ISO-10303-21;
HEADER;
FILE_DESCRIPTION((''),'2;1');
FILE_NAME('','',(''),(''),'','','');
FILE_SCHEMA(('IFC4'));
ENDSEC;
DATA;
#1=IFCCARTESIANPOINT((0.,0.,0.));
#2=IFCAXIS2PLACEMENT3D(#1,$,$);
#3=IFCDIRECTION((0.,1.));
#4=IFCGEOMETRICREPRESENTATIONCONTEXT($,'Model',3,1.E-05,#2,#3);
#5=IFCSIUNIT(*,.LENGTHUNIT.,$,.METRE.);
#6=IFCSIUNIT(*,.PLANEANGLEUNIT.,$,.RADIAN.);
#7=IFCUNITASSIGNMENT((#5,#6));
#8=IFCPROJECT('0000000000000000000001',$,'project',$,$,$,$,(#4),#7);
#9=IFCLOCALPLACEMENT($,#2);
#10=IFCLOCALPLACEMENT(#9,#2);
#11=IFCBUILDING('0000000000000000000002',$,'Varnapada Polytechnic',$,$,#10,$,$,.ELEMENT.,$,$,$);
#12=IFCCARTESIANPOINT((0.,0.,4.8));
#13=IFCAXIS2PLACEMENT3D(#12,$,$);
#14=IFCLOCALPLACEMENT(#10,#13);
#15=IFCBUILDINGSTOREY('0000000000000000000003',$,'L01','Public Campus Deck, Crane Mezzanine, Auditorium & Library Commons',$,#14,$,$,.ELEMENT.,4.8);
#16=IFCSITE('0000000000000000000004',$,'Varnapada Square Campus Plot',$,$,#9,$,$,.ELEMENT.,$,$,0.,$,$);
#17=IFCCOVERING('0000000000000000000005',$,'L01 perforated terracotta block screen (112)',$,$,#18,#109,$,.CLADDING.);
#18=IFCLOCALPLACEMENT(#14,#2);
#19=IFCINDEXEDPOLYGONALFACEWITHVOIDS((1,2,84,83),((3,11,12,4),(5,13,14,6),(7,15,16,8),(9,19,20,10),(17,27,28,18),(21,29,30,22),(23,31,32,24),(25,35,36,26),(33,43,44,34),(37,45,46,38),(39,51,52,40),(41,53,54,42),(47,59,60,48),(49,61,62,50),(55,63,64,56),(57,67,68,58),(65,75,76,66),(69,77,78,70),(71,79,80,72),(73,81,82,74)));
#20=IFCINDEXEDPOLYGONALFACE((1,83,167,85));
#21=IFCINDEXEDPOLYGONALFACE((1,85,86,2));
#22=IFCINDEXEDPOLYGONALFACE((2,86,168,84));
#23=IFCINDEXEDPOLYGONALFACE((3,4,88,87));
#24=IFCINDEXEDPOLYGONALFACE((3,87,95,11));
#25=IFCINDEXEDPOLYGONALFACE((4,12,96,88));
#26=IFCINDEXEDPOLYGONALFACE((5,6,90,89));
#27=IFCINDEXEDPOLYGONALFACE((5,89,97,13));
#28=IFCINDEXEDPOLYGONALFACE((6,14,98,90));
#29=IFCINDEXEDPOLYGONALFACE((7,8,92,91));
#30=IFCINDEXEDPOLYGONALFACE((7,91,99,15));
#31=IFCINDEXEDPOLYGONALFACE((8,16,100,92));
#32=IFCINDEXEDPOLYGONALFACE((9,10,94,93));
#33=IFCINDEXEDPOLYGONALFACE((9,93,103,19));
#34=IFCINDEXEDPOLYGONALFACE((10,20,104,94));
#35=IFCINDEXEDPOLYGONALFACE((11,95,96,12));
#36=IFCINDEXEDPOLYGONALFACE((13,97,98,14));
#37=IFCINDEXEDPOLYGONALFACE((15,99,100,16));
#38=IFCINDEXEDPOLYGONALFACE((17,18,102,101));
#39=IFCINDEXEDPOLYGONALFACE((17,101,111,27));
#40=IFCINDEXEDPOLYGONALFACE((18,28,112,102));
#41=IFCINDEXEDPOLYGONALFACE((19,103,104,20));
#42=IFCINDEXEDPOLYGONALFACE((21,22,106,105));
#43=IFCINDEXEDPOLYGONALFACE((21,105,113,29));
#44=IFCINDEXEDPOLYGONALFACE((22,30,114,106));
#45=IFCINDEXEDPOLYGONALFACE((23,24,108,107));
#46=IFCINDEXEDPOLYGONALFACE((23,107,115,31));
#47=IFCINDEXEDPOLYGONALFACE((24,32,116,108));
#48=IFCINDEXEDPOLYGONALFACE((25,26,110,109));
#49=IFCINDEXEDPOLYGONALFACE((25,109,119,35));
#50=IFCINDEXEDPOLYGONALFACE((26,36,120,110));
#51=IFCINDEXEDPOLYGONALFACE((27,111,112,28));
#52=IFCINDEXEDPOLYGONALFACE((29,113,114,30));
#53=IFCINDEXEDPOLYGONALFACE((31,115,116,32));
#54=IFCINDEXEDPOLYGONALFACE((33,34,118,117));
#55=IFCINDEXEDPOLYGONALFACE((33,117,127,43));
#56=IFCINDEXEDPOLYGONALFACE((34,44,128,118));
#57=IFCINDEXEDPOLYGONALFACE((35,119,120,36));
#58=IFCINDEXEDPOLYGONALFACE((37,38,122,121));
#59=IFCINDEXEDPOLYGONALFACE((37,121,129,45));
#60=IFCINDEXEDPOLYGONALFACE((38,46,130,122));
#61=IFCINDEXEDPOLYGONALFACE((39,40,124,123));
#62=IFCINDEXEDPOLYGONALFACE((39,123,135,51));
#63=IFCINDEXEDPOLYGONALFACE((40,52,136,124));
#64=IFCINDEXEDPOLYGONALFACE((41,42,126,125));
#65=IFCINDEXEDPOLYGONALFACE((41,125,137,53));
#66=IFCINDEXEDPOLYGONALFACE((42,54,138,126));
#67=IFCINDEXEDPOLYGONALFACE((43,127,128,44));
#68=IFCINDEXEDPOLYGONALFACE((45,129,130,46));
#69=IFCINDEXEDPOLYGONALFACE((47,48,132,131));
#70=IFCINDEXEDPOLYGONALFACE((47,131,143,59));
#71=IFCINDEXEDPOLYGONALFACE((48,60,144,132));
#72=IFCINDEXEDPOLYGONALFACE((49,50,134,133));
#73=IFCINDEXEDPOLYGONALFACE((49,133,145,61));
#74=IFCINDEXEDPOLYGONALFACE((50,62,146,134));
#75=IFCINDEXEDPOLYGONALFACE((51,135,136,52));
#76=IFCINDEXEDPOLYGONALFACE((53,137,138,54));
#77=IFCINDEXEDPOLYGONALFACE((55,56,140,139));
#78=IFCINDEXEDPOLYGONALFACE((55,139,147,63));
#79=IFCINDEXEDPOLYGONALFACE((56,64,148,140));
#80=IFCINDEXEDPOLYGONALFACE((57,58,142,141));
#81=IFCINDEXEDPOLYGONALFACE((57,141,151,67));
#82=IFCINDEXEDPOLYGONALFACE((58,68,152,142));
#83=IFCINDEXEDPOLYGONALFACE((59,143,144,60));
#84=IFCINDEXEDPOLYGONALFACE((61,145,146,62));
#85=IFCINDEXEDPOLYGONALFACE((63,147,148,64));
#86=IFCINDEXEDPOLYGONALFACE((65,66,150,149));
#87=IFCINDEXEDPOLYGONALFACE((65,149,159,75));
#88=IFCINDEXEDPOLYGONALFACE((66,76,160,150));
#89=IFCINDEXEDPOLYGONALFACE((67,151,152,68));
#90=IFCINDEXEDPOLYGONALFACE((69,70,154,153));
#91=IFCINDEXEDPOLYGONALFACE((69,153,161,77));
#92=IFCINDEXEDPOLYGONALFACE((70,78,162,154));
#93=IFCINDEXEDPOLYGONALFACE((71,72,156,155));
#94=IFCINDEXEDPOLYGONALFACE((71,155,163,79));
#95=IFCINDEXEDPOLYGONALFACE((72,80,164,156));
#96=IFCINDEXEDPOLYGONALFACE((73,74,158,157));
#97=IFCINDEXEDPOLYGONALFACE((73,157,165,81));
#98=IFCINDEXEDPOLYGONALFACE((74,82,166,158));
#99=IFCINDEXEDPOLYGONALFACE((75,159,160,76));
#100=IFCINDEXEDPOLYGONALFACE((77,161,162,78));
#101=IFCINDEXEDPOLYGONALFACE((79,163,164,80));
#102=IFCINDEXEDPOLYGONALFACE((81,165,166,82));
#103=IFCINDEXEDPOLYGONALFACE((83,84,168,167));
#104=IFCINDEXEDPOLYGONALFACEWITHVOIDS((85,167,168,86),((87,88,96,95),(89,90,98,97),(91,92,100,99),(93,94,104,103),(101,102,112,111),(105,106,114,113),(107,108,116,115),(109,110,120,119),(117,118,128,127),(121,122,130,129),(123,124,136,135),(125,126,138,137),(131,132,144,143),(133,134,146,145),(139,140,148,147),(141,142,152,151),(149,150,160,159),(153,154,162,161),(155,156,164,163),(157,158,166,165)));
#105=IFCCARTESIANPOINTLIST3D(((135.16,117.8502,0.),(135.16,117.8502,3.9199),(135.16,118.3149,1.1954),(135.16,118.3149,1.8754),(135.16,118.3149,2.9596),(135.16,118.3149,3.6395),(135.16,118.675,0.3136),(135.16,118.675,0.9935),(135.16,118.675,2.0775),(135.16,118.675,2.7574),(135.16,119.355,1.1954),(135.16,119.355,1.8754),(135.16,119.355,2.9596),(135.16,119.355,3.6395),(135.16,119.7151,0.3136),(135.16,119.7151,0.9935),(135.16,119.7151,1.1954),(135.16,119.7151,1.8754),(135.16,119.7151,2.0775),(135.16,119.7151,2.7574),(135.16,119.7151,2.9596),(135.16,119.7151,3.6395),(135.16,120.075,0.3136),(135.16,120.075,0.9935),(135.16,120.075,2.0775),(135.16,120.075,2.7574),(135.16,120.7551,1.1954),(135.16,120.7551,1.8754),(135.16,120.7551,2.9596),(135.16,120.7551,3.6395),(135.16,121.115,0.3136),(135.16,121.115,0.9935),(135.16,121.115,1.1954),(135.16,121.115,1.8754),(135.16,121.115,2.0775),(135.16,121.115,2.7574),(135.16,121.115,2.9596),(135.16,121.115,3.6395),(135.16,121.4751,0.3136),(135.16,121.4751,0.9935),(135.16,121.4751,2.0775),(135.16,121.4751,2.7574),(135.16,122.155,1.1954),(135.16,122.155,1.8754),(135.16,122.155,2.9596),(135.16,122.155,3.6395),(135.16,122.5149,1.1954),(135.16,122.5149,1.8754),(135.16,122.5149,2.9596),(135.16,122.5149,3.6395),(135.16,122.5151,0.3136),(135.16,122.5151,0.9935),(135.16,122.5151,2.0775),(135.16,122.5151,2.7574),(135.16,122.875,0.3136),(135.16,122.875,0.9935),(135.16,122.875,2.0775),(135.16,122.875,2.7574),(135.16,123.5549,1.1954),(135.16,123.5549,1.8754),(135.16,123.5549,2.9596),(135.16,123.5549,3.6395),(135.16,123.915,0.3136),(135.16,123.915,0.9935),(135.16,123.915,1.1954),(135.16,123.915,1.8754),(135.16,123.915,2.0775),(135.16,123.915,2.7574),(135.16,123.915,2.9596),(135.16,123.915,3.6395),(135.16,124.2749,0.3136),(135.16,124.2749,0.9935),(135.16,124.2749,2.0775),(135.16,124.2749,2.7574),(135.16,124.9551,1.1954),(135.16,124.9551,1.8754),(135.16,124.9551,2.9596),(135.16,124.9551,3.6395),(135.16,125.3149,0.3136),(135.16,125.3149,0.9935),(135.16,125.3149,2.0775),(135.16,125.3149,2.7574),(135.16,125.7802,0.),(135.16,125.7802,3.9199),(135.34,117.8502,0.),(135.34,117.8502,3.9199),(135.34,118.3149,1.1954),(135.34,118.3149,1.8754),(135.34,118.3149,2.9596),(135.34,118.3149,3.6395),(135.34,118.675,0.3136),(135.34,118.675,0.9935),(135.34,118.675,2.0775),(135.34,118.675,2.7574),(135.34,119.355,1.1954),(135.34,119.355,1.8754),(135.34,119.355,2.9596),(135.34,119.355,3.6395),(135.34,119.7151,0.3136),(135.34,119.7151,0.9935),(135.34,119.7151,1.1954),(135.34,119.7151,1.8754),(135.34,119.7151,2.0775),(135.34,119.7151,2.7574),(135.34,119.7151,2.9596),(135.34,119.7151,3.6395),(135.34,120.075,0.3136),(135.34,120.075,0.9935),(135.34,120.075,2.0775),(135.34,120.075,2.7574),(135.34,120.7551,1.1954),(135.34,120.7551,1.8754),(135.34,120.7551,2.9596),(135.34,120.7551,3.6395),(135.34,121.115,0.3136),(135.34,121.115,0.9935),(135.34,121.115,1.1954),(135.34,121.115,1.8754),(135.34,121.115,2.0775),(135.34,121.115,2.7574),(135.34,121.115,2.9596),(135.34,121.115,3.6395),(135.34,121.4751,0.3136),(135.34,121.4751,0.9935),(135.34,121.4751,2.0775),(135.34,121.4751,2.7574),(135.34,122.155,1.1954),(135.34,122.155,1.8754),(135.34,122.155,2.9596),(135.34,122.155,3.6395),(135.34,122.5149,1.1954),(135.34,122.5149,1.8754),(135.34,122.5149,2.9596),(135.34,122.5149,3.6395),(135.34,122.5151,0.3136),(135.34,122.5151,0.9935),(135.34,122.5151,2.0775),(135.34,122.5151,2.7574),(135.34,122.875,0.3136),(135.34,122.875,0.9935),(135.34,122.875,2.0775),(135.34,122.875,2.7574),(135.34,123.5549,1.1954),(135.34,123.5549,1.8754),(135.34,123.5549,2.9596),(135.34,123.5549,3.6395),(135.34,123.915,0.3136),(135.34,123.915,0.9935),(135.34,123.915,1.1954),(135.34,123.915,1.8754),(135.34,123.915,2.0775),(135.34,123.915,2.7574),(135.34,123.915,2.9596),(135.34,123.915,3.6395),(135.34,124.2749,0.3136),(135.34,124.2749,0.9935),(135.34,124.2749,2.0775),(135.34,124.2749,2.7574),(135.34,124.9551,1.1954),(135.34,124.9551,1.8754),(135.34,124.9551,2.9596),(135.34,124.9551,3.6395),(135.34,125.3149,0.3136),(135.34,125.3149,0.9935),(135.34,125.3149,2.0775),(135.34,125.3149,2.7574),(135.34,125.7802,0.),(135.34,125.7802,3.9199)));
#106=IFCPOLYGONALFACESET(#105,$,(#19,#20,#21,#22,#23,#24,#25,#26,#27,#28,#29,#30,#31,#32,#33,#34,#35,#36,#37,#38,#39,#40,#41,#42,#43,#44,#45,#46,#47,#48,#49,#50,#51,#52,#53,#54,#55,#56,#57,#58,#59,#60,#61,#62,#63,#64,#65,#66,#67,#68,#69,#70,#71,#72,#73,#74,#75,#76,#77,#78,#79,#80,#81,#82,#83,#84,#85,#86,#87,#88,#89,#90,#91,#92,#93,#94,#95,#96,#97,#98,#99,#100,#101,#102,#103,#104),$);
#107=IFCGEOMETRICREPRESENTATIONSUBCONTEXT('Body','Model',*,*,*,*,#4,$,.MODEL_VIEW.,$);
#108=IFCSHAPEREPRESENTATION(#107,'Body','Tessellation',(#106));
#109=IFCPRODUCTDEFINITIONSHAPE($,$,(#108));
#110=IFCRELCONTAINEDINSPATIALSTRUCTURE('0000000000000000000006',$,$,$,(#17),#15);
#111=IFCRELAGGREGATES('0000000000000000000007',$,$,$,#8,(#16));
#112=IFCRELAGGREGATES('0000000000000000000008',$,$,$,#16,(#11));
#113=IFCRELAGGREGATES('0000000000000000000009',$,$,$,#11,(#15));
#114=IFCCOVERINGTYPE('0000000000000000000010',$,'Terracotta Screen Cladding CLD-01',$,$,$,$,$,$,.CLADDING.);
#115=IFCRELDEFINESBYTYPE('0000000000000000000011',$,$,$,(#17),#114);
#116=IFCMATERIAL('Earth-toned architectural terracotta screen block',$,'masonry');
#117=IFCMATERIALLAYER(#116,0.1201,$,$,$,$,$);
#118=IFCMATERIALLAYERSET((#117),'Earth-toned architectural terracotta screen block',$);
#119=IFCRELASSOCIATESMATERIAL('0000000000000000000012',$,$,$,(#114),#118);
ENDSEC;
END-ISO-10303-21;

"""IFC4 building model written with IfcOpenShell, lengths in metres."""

from ifc_helpers import new_model, si_unit, direction, frame, frame_2d, origin, place, context, subcontext, project, spatial, rectangle, extrude, material, layer, layer_set, type_object, element, save


model = new_model("IFC4")

# Units and contexts
model_context = context("Model", 3, precision=1e-05, world=origin(), true_north=direction((0.0, 1.0)))
body_context = subcontext(model_context, "Body", "Model", "MODEL_VIEW")
ifc_project = project(units=[si_unit("LENGTHUNIT", "METRE"), si_unit("PLANEANGLEUNIT", "RADIAN")], contexts=[model_context])

# Site, building, storey
site_placement = place(None, origin())
site = spatial("IfcSite", under=ifc_project, at=site_placement, Name="Varnapada Square Campus Plot", CompositionType="ELEMENT", RefElevation=0.0)
building_placement = place(site_placement, origin())
building = spatial("IfcBuilding", under=site, at=building_placement, Name="Varnapada Polytechnic", CompositionType="ELEMENT")
storey_placement = place(building_placement, frame((0.0, 0.0, 4.8)))
storey = spatial("IfcBuildingStorey", under=building, at=storey_placement, Name="L01", Description="Public Campus Deck, Crane Mezzanine, Auditorium & Library Commons", CompositionType="ELEMENT", Elevation=4.8)

# Covering, openings
ifc_material_1 = material(Name="Earth-toned architectural terracotta screen block", Category="masonry")
ifc_layer_1 = layer(ifc_material_1, 0.1201)
ifc_layer_set_1 = layer_set([ifc_layer_1], Name="Earth-toned architectural terracotta screen block")
covering_type = type_object("IfcCoveringType", Name="Terracotta Screen Cladding CLD-01", PredefinedType="CLADDING", material=ifc_layer_set_1)
covering_placement = place(storey_placement, frame((135.25, 125.78, 0.0), z_axis=(0.0, 0.0, 1.0), x_axis=(0.0, -1.0, 0.0)))
covering = element("IfcCovering", 1, at=covering_placement, inside=storey, type_object=covering_type, Name="L01 perforated terracotta block screen (112)", PredefinedType="CLADDING", context=body_context, shape_type="SweptSolid", body=[
    extrude(rectangle(XDim=7.9299, YDim=0.1799, at=frame_2d((3.9648, 0.0))), origin(), (0.0, 0.0, 1.0), 3.9199),
])
opening_1_placement = place(covering_placement, frame((0.4651, 0.0, 0.3137)))
element("IfcOpeningElement", 2, at=opening_1_placement, cuts=covering, PredefinedType="OPENING", context=body_context, shape_type="SweptSolid", body=[
    extrude(rectangle(XDim=1.04, YDim=0.6799, at=frame_2d((0.52, 0.3398))), frame((0.0, 0.0999, 0.0), z_axis=(0.0, -1.0, 0.0), x_axis=(1.0, 0.0, 0.0)), (0.0, 0.0, 1.0), 0.2),
])
opening_2_placement = place(covering_placement, frame((1.865, 0.0, 0.3137)))
element("IfcOpeningElement", 3, at=opening_2_placement, cuts=covering, PredefinedType="OPENING", context=body_context, shape_type="SweptSolid", body=[
    extrude(rectangle(XDim=1.04, YDim=0.6799, at=frame_2d((0.52, 0.3398))), frame((0.0, 0.0999, 0.0), z_axis=(0.0, -1.0, 0.0), x_axis=(1.0, 0.0, 0.0)), (0.0, 0.0, 1.0), 0.2),
])
opening_3_placement = place(covering_placement, frame((3.2649, 0.0, 0.3137)))
element("IfcOpeningElement", 4, at=opening_3_placement, cuts=covering, PredefinedType="OPENING", context=body_context, shape_type="SweptSolid", body=[
    extrude(rectangle(XDim=1.04, YDim=0.6799, at=frame_2d((0.52, 0.3398))), frame((0.0, 0.0999, 0.0), z_axis=(0.0, -1.0, 0.0), x_axis=(1.0, 0.0, 0.0)), (0.0, 0.0, 1.0), 0.2),
])
opening_4_placement = place(covering_placement, frame((4.665, 0.0, 0.3137)))
element("IfcOpeningElement", 5, at=opening_4_placement, cuts=covering, PredefinedType="OPENING", context=body_context, shape_type="SweptSolid", body=[
    extrude(rectangle(XDim=1.04, YDim=0.6799, at=frame_2d((0.52, 0.3398))), frame((0.0, 0.0999, 0.0), z_axis=(0.0, -1.0, 0.0), x_axis=(1.0, 0.0, 0.0)), (0.0, 0.0, 1.0), 0.2),
])
opening_5_placement = place(covering_placement, frame((6.0649, 0.0, 0.3137)))
element("IfcOpeningElement", 6, at=opening_5_placement, cuts=covering, PredefinedType="OPENING", context=body_context, shape_type="SweptSolid", body=[
    extrude(rectangle(XDim=1.04, YDim=0.6799, at=frame_2d((0.52, 0.3398))), frame((0.0, 0.0999, 0.0), z_axis=(0.0, -1.0, 0.0), x_axis=(1.0, 0.0, 0.0)), (0.0, 0.0, 1.0), 0.2),
])
opening_6_placement = place(covering_placement, frame((0.825, 0.0, 1.1956)))
element("IfcOpeningElement", 7, at=opening_6_placement, cuts=covering, PredefinedType="OPENING", context=body_context, shape_type="SweptSolid", body=[
    extrude(rectangle(XDim=1.04, YDim=0.6799, at=frame_2d((0.52, 0.3398))), frame((0.0, 0.0999, 0.0), z_axis=(0.0, -1.0, 0.0), x_axis=(1.0, 0.0, 0.0)), (0.0, 0.0, 1.0), 0.2),
])
opening_7_placement = place(covering_placement, frame((2.2251, 0.0, 1.1956)))
element("IfcOpeningElement", 8, at=opening_7_placement, cuts=covering, PredefinedType="OPENING", context=body_context, shape_type="SweptSolid", body=[
    extrude(rectangle(XDim=1.04, YDim=0.6799, at=frame_2d((0.52, 0.3398))), frame((0.0, 0.0999, 0.0), z_axis=(0.0, -1.0, 0.0), x_axis=(1.0, 0.0, 0.0)), (0.0, 0.0, 1.0), 0.2),
])
opening_8_placement = place(covering_placement, frame((3.625, 0.0, 1.1956)))
element("IfcOpeningElement", 9, at=opening_8_placement, cuts=covering, PredefinedType="OPENING", context=body_context, shape_type="SweptSolid", body=[
    extrude(rectangle(XDim=1.04, YDim=0.6799, at=frame_2d((0.52, 0.3398))), frame((0.0, 0.0999, 0.0), z_axis=(0.0, -1.0, 0.0), x_axis=(1.0, 0.0, 0.0)), (0.0, 0.0, 1.0), 0.2),
])
opening_9_placement = place(covering_placement, frame((5.0249, 0.0, 1.1956)))
element("IfcOpeningElement", 10, at=opening_9_placement, cuts=covering, PredefinedType="OPENING", context=body_context, shape_type="SweptSolid", body=[
    extrude(rectangle(XDim=1.04, YDim=0.6799, at=frame_2d((0.52, 0.3398))), frame((0.0, 0.0999, 0.0), z_axis=(0.0, -1.0, 0.0), x_axis=(1.0, 0.0, 0.0)), (0.0, 0.0, 1.0), 0.2),
])
opening_10_placement = place(covering_placement, frame((6.425, 0.0, 1.1956)))
element("IfcOpeningElement", 11, at=opening_10_placement, cuts=covering, PredefinedType="OPENING", context=body_context, shape_type="SweptSolid", body=[
    extrude(rectangle(XDim=1.04, YDim=0.6799, at=frame_2d((0.52, 0.3398))), frame((0.0, 0.0999, 0.0), z_axis=(0.0, -1.0, 0.0), x_axis=(1.0, 0.0, 0.0)), (0.0, 0.0, 1.0), 0.2),
])
opening_11_placement = place(covering_placement, frame((0.4651, 0.0, 2.0776)))
element("IfcOpeningElement", 12, at=opening_11_placement, cuts=covering, PredefinedType="OPENING", context=body_context, shape_type="SweptSolid", body=[
    extrude(rectangle(XDim=1.04, YDim=0.6799, at=frame_2d((0.52, 0.3398))), frame((0.0, 0.0999, 0.0), z_axis=(0.0, -1.0, 0.0), x_axis=(1.0, 0.0, 0.0)), (0.0, 0.0, 1.0), 0.2),
])
opening_12_placement = place(covering_placement, frame((1.865, 0.0, 2.0776)))
element("IfcOpeningElement", 13, at=opening_12_placement, cuts=covering, PredefinedType="OPENING", context=body_context, shape_type="SweptSolid", body=[
    extrude(rectangle(XDim=1.04, YDim=0.6799, at=frame_2d((0.52, 0.3398))), frame((0.0, 0.0999, 0.0), z_axis=(0.0, -1.0, 0.0), x_axis=(1.0, 0.0, 0.0)), (0.0, 0.0, 1.0), 0.2),
])
opening_13_placement = place(covering_placement, frame((3.2649, 0.0, 2.0776)))
element("IfcOpeningElement", 14, at=opening_13_placement, cuts=covering, PredefinedType="OPENING", context=body_context, shape_type="SweptSolid", body=[
    extrude(rectangle(XDim=1.04, YDim=0.6799, at=frame_2d((0.52, 0.3398))), frame((0.0, 0.0999, 0.0), z_axis=(0.0, -1.0, 0.0), x_axis=(1.0, 0.0, 0.0)), (0.0, 0.0, 1.0), 0.2),
])
opening_14_placement = place(covering_placement, frame((4.665, 0.0, 2.0776)))
element("IfcOpeningElement", 15, at=opening_14_placement, cuts=covering, PredefinedType="OPENING", context=body_context, shape_type="SweptSolid", body=[
    extrude(rectangle(XDim=1.04, YDim=0.6799, at=frame_2d((0.52, 0.3398))), frame((0.0, 0.0999, 0.0), z_axis=(0.0, -1.0, 0.0), x_axis=(1.0, 0.0, 0.0)), (0.0, 0.0, 1.0), 0.2),
])
opening_15_placement = place(covering_placement, frame((6.0649, 0.0, 2.0776)))
element("IfcOpeningElement", 16, at=opening_15_placement, cuts=covering, PredefinedType="OPENING", context=body_context, shape_type="SweptSolid", body=[
    extrude(rectangle(XDim=1.04, YDim=0.6799, at=frame_2d((0.52, 0.3398))), frame((0.0, 0.0999, 0.0), z_axis=(0.0, -1.0, 0.0), x_axis=(1.0, 0.0, 0.0)), (0.0, 0.0, 1.0), 0.2),
])
opening_16_placement = place(covering_placement, frame((0.825, 0.0, 2.9597)))
element("IfcOpeningElement", 17, at=opening_16_placement, cuts=covering, PredefinedType="OPENING", context=body_context, shape_type="SweptSolid", body=[
    extrude(rectangle(XDim=1.04, YDim=0.6799, at=frame_2d((0.52, 0.3398))), frame((0.0, 0.0999, 0.0), z_axis=(0.0, -1.0, 0.0), x_axis=(1.0, 0.0, 0.0)), (0.0, 0.0, 1.0), 0.2),
])
opening_17_placement = place(covering_placement, frame((2.2251, 0.0, 2.9597)))
element("IfcOpeningElement", 18, at=opening_17_placement, cuts=covering, PredefinedType="OPENING", context=body_context, shape_type="SweptSolid", body=[
    extrude(rectangle(XDim=1.04, YDim=0.6799, at=frame_2d((0.52, 0.3398))), frame((0.0, 0.0999, 0.0), z_axis=(0.0, -1.0, 0.0), x_axis=(1.0, 0.0, 0.0)), (0.0, 0.0, 1.0), 0.2),
])
opening_18_placement = place(covering_placement, frame((3.625, 0.0, 2.9597)))
element("IfcOpeningElement", 19, at=opening_18_placement, cuts=covering, PredefinedType="OPENING", context=body_context, shape_type="SweptSolid", body=[
    extrude(rectangle(XDim=1.04, YDim=0.6799, at=frame_2d((0.52, 0.3398))), frame((0.0, 0.0999, 0.0), z_axis=(0.0, -1.0, 0.0), x_axis=(1.0, 0.0, 0.0)), (0.0, 0.0, 1.0), 0.2),
])
opening_19_placement = place(covering_placement, frame((5.0249, 0.0, 2.9597)))
element("IfcOpeningElement", 20, at=opening_19_placement, cuts=covering, PredefinedType="OPENING", context=body_context, shape_type="SweptSolid", body=[
    extrude(rectangle(XDim=1.04, YDim=0.6799, at=frame_2d((0.52, 0.3398))), frame((0.0, 0.0999, 0.0), z_axis=(0.0, -1.0, 0.0), x_axis=(1.0, 0.0, 0.0)), (0.0, 0.0, 1.0), 0.2),
])
opening_20_placement = place(covering_placement, frame((6.425, 0.0, 2.9597)))
element("IfcOpeningElement", 21, at=opening_20_placement, cuts=covering, PredefinedType="OPENING", context=body_context, shape_type="SweptSolid", body=[
    extrude(rectangle(XDim=1.04, YDim=0.6799, at=frame_2d((0.52, 0.3398))), frame((0.0, 0.0999, 0.0), z_axis=(0.0, -1.0, 0.0), x_axis=(1.0, 0.0, 0.0)), (0.0, 0.0, 1.0), 0.2),
])

save(model, "model.ifc")
